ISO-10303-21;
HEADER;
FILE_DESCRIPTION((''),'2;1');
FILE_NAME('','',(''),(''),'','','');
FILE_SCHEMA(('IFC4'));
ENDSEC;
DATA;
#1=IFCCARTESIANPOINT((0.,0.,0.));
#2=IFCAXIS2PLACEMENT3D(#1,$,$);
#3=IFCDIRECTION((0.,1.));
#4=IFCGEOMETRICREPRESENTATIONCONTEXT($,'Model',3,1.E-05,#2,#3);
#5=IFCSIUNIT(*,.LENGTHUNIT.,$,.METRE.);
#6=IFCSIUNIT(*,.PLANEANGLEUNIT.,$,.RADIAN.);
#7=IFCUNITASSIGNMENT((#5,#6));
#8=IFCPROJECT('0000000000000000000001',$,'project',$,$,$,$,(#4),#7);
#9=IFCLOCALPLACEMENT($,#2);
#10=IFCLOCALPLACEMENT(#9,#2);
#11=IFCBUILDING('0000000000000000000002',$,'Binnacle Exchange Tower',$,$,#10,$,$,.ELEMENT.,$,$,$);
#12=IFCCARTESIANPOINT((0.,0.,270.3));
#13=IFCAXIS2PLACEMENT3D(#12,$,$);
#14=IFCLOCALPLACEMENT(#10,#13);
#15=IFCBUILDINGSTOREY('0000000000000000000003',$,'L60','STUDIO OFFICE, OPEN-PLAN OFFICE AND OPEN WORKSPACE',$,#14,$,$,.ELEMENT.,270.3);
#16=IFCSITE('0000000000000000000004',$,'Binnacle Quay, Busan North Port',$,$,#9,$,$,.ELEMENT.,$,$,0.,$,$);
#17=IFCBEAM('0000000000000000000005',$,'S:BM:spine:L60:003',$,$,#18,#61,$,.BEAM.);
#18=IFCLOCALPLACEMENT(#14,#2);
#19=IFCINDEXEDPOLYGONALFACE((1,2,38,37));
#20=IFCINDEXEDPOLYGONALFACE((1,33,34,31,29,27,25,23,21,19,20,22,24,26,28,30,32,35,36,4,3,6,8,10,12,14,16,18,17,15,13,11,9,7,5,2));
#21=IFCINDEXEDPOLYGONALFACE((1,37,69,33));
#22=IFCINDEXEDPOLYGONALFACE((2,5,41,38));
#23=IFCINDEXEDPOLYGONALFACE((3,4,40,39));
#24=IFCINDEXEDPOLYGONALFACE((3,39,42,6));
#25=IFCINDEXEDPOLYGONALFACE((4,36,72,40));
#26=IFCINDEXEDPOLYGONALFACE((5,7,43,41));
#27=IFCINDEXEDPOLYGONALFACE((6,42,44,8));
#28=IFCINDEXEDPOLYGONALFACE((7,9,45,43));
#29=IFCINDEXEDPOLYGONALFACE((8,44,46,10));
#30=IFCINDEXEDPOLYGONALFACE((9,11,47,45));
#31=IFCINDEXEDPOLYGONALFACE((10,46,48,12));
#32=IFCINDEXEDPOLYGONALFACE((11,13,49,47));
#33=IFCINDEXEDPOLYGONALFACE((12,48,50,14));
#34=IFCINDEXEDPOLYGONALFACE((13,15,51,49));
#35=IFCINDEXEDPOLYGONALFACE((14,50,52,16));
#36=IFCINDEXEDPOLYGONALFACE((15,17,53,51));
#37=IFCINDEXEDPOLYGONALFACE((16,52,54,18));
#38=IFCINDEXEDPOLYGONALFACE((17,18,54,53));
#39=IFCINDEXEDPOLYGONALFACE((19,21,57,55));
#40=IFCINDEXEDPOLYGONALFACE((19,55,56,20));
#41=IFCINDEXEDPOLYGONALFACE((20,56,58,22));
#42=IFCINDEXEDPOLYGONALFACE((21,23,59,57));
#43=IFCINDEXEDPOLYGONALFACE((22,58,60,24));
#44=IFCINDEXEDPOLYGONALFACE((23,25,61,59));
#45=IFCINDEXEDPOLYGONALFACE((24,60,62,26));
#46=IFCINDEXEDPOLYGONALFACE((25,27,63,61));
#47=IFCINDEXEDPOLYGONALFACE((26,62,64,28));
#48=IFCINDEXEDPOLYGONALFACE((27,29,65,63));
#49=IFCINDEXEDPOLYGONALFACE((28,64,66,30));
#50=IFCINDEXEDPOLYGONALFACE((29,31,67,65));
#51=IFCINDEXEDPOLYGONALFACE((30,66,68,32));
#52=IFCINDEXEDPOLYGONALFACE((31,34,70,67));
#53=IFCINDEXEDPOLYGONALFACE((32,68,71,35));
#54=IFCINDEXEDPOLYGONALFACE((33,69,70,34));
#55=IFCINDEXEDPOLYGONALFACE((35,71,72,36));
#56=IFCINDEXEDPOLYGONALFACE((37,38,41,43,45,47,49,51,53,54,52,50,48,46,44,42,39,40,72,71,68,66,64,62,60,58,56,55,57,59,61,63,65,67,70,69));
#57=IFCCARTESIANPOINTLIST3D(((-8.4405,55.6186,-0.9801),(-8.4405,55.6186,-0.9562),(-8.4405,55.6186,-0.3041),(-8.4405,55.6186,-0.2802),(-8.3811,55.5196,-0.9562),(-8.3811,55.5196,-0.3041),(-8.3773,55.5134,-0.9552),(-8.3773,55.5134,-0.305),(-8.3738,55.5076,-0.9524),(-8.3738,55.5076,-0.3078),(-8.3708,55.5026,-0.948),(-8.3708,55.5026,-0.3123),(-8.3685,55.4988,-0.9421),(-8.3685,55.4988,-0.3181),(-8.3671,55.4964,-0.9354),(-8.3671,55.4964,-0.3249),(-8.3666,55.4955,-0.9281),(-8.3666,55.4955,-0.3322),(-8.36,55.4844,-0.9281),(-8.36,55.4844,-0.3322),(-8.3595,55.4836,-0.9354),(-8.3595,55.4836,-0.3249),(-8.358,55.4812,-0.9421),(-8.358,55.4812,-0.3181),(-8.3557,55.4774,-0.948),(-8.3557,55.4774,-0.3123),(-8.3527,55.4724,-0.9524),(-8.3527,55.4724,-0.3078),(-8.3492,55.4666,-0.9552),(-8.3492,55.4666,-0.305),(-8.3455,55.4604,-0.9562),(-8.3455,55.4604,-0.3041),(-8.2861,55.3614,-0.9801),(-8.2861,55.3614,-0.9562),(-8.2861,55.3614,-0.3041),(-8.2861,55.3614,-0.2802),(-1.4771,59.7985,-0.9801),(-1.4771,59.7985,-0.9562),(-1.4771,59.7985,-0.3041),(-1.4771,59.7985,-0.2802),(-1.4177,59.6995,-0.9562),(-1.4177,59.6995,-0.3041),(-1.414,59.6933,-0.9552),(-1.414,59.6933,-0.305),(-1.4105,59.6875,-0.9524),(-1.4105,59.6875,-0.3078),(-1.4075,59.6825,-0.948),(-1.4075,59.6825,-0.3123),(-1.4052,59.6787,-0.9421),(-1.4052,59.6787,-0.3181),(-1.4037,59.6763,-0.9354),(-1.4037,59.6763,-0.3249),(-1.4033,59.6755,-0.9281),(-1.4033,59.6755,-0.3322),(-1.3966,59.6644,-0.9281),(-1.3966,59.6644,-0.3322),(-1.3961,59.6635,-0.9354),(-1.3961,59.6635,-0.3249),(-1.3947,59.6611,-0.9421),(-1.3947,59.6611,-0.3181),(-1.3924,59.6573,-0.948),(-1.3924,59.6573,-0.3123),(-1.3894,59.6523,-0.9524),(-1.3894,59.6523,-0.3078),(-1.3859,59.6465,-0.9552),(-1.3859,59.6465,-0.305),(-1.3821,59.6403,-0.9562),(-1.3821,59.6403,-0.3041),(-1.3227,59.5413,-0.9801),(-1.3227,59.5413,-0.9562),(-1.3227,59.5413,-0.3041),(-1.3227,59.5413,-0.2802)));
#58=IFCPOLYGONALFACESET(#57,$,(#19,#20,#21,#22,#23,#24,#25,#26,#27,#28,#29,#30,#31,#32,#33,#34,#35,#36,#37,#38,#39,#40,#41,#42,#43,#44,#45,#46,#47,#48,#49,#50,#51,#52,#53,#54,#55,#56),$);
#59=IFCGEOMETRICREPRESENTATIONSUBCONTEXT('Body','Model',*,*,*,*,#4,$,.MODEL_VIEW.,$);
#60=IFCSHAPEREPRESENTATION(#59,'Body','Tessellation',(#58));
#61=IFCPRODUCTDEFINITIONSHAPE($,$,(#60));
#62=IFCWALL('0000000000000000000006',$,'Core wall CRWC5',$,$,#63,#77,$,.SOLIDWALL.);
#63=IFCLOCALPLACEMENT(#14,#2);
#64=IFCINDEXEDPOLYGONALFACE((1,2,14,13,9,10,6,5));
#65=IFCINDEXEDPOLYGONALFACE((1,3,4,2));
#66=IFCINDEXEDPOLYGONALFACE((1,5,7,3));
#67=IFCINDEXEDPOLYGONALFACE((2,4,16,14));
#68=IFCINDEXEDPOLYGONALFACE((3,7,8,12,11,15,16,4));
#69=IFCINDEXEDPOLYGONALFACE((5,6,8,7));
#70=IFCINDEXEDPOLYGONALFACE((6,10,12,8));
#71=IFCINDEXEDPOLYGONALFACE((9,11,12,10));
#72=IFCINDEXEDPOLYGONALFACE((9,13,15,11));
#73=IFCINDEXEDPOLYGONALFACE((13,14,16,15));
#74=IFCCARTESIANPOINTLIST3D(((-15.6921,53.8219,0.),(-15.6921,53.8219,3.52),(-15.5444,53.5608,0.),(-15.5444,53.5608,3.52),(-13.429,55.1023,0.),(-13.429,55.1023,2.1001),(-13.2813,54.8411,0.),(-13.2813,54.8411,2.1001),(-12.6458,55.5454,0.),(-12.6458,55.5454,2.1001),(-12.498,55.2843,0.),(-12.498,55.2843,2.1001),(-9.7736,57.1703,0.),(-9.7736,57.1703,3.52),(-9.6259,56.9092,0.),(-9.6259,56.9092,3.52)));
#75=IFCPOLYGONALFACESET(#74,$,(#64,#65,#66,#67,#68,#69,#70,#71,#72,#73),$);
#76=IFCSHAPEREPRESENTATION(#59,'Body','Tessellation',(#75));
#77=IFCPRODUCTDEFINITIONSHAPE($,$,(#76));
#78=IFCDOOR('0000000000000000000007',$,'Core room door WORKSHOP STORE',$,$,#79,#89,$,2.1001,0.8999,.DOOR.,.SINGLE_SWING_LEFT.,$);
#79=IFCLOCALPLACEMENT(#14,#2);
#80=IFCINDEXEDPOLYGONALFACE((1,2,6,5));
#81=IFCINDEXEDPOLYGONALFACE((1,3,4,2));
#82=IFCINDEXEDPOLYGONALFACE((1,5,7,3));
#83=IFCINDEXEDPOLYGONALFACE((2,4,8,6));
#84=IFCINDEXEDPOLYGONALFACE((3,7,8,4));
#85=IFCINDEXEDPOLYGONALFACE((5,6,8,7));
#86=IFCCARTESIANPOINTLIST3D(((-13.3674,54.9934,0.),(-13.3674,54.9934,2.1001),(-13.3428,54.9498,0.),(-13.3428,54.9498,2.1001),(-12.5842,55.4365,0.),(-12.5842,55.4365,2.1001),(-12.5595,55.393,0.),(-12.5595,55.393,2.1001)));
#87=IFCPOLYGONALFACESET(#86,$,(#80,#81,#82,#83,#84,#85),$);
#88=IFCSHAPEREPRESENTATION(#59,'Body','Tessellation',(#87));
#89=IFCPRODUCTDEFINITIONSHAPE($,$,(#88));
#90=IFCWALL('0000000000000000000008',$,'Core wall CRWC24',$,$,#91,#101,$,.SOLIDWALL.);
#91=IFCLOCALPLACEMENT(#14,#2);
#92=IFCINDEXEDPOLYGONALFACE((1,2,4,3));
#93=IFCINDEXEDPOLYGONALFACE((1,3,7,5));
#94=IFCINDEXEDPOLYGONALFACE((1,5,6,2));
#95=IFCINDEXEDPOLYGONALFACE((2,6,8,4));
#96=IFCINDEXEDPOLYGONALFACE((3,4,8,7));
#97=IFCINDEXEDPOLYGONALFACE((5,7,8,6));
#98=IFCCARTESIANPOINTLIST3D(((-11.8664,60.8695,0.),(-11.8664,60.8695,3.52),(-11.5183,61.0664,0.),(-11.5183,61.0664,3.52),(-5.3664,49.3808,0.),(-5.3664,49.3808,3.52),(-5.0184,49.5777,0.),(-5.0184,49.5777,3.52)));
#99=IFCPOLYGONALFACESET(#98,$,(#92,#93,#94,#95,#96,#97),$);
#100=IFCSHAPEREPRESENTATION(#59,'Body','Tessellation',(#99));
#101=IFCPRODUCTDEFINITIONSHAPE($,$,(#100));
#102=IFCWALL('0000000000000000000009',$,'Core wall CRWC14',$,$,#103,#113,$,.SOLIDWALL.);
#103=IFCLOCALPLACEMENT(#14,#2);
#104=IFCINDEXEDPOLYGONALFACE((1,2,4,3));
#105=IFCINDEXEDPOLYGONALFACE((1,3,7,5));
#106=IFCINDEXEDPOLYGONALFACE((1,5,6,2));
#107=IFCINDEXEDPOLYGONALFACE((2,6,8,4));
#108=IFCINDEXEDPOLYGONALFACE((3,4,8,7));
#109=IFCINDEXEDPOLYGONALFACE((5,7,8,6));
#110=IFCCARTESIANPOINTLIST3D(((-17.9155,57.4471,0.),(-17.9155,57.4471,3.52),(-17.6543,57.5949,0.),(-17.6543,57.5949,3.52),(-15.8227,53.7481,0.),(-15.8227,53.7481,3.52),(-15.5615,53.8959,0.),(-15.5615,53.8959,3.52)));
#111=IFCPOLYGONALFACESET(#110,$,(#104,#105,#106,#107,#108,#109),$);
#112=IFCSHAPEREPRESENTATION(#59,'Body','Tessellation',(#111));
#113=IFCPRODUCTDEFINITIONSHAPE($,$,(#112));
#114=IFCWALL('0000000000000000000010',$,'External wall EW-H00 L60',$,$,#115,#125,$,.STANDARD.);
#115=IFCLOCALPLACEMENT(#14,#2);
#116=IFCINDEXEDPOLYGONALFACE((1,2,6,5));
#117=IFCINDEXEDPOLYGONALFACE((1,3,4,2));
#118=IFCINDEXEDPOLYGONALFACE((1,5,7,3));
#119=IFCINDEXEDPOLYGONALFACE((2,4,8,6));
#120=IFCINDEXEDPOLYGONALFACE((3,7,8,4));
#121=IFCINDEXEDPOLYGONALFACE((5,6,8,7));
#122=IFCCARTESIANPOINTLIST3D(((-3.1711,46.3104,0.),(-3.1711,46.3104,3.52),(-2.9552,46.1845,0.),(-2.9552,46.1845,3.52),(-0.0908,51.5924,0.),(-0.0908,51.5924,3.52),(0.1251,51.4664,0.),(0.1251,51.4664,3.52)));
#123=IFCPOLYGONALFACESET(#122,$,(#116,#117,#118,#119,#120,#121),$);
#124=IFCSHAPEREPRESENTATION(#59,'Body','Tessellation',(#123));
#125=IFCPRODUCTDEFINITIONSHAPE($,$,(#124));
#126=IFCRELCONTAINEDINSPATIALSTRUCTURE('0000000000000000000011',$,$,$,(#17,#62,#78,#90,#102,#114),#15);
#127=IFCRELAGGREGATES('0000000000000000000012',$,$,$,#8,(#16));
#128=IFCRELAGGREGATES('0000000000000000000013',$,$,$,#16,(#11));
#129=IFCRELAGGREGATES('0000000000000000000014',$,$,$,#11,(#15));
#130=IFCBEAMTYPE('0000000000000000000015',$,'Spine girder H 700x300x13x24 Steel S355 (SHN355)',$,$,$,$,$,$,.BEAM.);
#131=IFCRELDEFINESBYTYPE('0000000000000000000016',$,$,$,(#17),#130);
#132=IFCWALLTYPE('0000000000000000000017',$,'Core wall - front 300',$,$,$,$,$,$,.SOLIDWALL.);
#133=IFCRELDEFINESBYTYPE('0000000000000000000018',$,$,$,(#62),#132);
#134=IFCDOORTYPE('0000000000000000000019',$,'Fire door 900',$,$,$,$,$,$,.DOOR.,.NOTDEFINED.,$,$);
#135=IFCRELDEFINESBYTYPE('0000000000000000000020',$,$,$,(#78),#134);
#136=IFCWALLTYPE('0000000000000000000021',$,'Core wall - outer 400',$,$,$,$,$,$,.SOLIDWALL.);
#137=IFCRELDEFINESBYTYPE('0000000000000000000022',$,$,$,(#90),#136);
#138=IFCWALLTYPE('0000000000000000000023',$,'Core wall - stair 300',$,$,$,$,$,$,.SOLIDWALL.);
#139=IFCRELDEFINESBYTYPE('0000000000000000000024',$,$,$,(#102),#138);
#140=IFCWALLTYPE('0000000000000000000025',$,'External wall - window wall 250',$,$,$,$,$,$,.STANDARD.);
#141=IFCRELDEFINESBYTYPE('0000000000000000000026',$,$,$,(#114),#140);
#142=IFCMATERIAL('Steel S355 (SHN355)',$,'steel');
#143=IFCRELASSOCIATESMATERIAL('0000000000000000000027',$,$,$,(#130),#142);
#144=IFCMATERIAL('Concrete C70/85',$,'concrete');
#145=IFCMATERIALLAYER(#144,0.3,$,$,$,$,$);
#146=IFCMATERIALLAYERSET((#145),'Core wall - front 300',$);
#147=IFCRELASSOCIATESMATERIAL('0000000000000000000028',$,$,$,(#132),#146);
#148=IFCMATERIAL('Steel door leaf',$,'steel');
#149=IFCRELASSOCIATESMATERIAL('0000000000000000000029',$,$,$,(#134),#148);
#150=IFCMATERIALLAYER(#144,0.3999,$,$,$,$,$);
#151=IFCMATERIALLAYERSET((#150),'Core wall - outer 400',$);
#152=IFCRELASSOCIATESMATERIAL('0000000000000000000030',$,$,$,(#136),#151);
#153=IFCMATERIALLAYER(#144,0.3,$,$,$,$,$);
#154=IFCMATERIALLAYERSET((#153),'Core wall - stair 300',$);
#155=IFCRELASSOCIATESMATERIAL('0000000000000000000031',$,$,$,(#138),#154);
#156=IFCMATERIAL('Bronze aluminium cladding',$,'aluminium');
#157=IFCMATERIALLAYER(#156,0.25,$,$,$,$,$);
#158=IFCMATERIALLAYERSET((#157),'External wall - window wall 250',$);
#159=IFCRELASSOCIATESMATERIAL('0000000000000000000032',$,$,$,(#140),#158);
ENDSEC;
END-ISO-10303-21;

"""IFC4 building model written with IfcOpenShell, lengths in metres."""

from ifc_helpers import new_model, si_unit, direction, frame, frame_2d, origin, origin_2d, place, context, subcontext, project, spatial, rectangle, i_section, extrude, material, layer, layer_set, material_profile, profile_set, type_object, element, fill, save


model = new_model("IFC4")

# Units and contexts
model_context = context("Model", 3, precision=1e-05, world=origin(), true_north=direction((0.0, 1.0)))
body_context = subcontext(model_context, "Body", "Model", "MODEL_VIEW")
ifc_project = project(units=[si_unit("LENGTHUNIT", "METRE"), si_unit("PLANEANGLEUNIT", "RADIAN")], contexts=[model_context])

# Site, building, storey
site_placement = place(None, origin())
site = spatial("IfcSite", under=ifc_project, at=site_placement, Name="Binnacle Quay, Busan North Port", CompositionType="ELEMENT", RefElevation=0.0)
building_placement = place(site_placement, origin())
building = spatial("IfcBuilding", under=site, at=building_placement, Name="Binnacle Exchange Tower", CompositionType="ELEMENT")
storey_placement = place(building_placement, frame((0.0, 0.0, 270.3)))
storey = spatial("IfcBuildingStorey", under=building, at=storey_placement, Name="L60", Description="STUDIO OFFICE, OPEN-PLAN OFFICE AND OPEN WORKSPACE", CompositionType="ELEMENT", Elevation=270.3)

# Beam
ifc_material_1 = material(Name="Steel S355 (SHN355)", Category="steel")
ifc_material_profile_1 = material_profile(ifc_material_1, i_section(OverallWidth=0.3, OverallDepth=0.7, WebThickness=0.0129, FlangeThickness=0.0239, FilletRadius=0.0281, at=origin_2d()), Name="H 700x300x13x24")
ifc_profile_set_1 = profile_set([ifc_material_profile_1], Name="Steel S355 (SHN355)")
beam_type_1 = type_object("IfcBeamType", Name="Spine girder H 700x300x13x24 Steel S355 (SHN355)", PredefinedType="BEAM", material=ifc_profile_set_1)
beam_1_placement = place(storey_placement, frame((-8.3633, 55.49, -0.6301), z_axis=(0.857389, 0.514668, 0.0), x_axis=(-0.514668, 0.857389, 0.0)))
element("IfcBeam", 1, at=beam_1_placement, inside=storey, type_object=beam_type_1, Name="S:BM:spine:L60:003", PredefinedType="BEAM", context=body_context, shape_type="SweptSolid", body=[
    extrude(i_section(OverallWidth=0.3, OverallDepth=0.7, WebThickness=0.0129, FlangeThickness=0.0239, FilletRadius=0.0281, at=origin_2d()), origin(), (0.0, 0.0, 1.0), 8.1216),
])

# Wall, opening, door
ifc_material_2 = material(Name="Concrete C70/85", Category="concrete")
ifc_layer_1 = layer(ifc_material_2, 0.3)
ifc_layer_set_1 = layer_set([ifc_layer_1], Name="Core wall - front 300")
wall_type_1 = type_object("IfcWallType", Name="Core wall - front 300", PredefinedType="SOLIDWALL", material=ifc_layer_set_1)
wall_1_placement = place(storey_placement, frame((-15.6182, 53.6914, 0.0), z_axis=(0.0, 0.0, 1.0), x_axis=(0.870363, 0.492411, 0.0)))
wall_1 = element("IfcWall", 2, at=wall_1_placement, inside=storey, type_object=wall_type_1, Name="Core wall CRWC5", PredefinedType="SOLIDWALL", context=body_context, shape_type="SweptSolid", body=[
    extrude(rectangle(XDim=6.8, YDim=0.3, at=frame_2d((3.3999, 0.0))), origin(), (0.0, 0.0, 1.0), 3.52),
])
opening_1_placement = place(wall_1_placement, frame((2.6001, 0.0, 0.0)))
opening_1 = element("IfcOpeningElement", 3, at=opening_1_placement, cuts=wall_1, PredefinedType="OPENING", context=body_context, shape_type="SweptSolid", body=[
    extrude(rectangle(XDim=0.8999, YDim=2.1001, at=frame_2d((0.45, 1.05))), frame((0.0, 0.1599, 0.0), z_axis=(0.0, -1.0, 0.0), x_axis=(1.0, 0.0, 0.0)), (0.0, 0.0, 1.0), 0.3201),
])
ifc_material_3 = material(Name="Steel door leaf", Category="steel")
door_type_1 = type_object("IfcDoorType", Name="Fire door 900", OperationType="NOTDEFINED", PredefinedType="DOOR", material=ifc_material_3)
door_1_placement = place(opening_1_placement, origin())
door_1 = element("IfcDoor", 4, at=door_1_placement, inside=storey, type_object=door_type_1, Name="Core room door WORKSHOP STORE", OperationType="SINGLE_SWING_LEFT", OverallHeight=2.1001, OverallWidth=0.8999, PredefinedType="DOOR", context=body_context, shape_type="SweptSolid", body=[
    extrude(rectangle(XDim=0.8999, YDim=2.1001, at=frame_2d((0.45, 1.05))), frame((0.0, 0.0249, 0.0), z_axis=(0.0, -1.0, 0.0), x_axis=(1.0, 0.0, 0.0)), (0.0, 0.0, 1.0), 0.05),
])
fill(opening_1, door_1)

# Walls
ifc_layer_2 = layer(ifc_material_2, 0.3999)
ifc_layer_set_2 = layer_set([ifc_layer_2], Name="Core wall - outer 400")
wall_type_2 = type_object("IfcWallType", Name="Core wall - outer 400", PredefinedType="SOLIDWALL", material=ifc_layer_set_2)
wall_2_placement = place(storey_placement, frame((-11.6924, 60.968, 0.0), z_axis=(0.0, 0.0, 1.0), x_axis=(0.492422, -0.870357, 0.0)))
element("IfcWall", 5, at=wall_2_placement, inside=storey, type_object=wall_type_2, Name="Core wall CRWC24", PredefinedType="SOLIDWALL", context=body_context, shape_type="SweptSolid", body=[
    extrude(rectangle(XDim=13.2, YDim=0.3999, at=frame_2d((6.6001, 0.0))), origin(), (0.0, 0.0, 1.0), 3.52),
])
ifc_layer_3 = layer(ifc_material_2, 0.3)
ifc_layer_set_3 = layer_set([ifc_layer_3], Name="Core wall - stair 300")
wall_type_3 = type_object("IfcWallType", Name="Core wall - stair 300", PredefinedType="SOLIDWALL", material=ifc_layer_set_3)
wall_3_placement = place(storey_placement, frame((-17.7849, 57.521, 0.0), z_axis=(0.0, 0.0, 1.0), x_axis=(0.492423, -0.870356, 0.0)))
element("IfcWall", 6, at=wall_3_placement, inside=storey, type_object=wall_type_3, Name="Core wall CRWC14", PredefinedType="SOLIDWALL", context=body_context, shape_type="SweptSolid", body=[
    extrude(rectangle(XDim=4.25, YDim=0.3, at=frame_2d((2.125, 0.0))), origin(), (0.0, 0.0, 1.0), 3.52),
])
ifc_material_4 = material(Name="Bronze aluminium cladding", Category="aluminium")
ifc_layer_4 = layer(ifc_material_4, 0.25)
ifc_layer_set_4 = layer_set([ifc_layer_4], Name="External wall - window wall 250")
wall_type_4 = type_object("IfcWallType", Name="External wall - window wall 250", PredefinedType="STANDARD", material=ifc_layer_set_4)
wall_4_placement = place(storey_placement, frame((0.0171, 51.5293, 0.0), z_axis=(0.0, 0.0, 1.0), x_axis=(-0.503769, -0.863838, 0.0)))
element("IfcWall", 7, at=wall_4_placement, inside=storey, type_object=wall_type_4, Name="External wall EW-H00 L60", PredefinedType="STANDARD", context=body_context, shape_type="SweptSolid", body=[
    extrude(rectangle(XDim=6.1145, YDim=0.25, at=frame_2d((3.0571, 0.0))), origin(), (0.0, 0.0, 1.0), 3.52),
])

save(model, "model.ifc")
